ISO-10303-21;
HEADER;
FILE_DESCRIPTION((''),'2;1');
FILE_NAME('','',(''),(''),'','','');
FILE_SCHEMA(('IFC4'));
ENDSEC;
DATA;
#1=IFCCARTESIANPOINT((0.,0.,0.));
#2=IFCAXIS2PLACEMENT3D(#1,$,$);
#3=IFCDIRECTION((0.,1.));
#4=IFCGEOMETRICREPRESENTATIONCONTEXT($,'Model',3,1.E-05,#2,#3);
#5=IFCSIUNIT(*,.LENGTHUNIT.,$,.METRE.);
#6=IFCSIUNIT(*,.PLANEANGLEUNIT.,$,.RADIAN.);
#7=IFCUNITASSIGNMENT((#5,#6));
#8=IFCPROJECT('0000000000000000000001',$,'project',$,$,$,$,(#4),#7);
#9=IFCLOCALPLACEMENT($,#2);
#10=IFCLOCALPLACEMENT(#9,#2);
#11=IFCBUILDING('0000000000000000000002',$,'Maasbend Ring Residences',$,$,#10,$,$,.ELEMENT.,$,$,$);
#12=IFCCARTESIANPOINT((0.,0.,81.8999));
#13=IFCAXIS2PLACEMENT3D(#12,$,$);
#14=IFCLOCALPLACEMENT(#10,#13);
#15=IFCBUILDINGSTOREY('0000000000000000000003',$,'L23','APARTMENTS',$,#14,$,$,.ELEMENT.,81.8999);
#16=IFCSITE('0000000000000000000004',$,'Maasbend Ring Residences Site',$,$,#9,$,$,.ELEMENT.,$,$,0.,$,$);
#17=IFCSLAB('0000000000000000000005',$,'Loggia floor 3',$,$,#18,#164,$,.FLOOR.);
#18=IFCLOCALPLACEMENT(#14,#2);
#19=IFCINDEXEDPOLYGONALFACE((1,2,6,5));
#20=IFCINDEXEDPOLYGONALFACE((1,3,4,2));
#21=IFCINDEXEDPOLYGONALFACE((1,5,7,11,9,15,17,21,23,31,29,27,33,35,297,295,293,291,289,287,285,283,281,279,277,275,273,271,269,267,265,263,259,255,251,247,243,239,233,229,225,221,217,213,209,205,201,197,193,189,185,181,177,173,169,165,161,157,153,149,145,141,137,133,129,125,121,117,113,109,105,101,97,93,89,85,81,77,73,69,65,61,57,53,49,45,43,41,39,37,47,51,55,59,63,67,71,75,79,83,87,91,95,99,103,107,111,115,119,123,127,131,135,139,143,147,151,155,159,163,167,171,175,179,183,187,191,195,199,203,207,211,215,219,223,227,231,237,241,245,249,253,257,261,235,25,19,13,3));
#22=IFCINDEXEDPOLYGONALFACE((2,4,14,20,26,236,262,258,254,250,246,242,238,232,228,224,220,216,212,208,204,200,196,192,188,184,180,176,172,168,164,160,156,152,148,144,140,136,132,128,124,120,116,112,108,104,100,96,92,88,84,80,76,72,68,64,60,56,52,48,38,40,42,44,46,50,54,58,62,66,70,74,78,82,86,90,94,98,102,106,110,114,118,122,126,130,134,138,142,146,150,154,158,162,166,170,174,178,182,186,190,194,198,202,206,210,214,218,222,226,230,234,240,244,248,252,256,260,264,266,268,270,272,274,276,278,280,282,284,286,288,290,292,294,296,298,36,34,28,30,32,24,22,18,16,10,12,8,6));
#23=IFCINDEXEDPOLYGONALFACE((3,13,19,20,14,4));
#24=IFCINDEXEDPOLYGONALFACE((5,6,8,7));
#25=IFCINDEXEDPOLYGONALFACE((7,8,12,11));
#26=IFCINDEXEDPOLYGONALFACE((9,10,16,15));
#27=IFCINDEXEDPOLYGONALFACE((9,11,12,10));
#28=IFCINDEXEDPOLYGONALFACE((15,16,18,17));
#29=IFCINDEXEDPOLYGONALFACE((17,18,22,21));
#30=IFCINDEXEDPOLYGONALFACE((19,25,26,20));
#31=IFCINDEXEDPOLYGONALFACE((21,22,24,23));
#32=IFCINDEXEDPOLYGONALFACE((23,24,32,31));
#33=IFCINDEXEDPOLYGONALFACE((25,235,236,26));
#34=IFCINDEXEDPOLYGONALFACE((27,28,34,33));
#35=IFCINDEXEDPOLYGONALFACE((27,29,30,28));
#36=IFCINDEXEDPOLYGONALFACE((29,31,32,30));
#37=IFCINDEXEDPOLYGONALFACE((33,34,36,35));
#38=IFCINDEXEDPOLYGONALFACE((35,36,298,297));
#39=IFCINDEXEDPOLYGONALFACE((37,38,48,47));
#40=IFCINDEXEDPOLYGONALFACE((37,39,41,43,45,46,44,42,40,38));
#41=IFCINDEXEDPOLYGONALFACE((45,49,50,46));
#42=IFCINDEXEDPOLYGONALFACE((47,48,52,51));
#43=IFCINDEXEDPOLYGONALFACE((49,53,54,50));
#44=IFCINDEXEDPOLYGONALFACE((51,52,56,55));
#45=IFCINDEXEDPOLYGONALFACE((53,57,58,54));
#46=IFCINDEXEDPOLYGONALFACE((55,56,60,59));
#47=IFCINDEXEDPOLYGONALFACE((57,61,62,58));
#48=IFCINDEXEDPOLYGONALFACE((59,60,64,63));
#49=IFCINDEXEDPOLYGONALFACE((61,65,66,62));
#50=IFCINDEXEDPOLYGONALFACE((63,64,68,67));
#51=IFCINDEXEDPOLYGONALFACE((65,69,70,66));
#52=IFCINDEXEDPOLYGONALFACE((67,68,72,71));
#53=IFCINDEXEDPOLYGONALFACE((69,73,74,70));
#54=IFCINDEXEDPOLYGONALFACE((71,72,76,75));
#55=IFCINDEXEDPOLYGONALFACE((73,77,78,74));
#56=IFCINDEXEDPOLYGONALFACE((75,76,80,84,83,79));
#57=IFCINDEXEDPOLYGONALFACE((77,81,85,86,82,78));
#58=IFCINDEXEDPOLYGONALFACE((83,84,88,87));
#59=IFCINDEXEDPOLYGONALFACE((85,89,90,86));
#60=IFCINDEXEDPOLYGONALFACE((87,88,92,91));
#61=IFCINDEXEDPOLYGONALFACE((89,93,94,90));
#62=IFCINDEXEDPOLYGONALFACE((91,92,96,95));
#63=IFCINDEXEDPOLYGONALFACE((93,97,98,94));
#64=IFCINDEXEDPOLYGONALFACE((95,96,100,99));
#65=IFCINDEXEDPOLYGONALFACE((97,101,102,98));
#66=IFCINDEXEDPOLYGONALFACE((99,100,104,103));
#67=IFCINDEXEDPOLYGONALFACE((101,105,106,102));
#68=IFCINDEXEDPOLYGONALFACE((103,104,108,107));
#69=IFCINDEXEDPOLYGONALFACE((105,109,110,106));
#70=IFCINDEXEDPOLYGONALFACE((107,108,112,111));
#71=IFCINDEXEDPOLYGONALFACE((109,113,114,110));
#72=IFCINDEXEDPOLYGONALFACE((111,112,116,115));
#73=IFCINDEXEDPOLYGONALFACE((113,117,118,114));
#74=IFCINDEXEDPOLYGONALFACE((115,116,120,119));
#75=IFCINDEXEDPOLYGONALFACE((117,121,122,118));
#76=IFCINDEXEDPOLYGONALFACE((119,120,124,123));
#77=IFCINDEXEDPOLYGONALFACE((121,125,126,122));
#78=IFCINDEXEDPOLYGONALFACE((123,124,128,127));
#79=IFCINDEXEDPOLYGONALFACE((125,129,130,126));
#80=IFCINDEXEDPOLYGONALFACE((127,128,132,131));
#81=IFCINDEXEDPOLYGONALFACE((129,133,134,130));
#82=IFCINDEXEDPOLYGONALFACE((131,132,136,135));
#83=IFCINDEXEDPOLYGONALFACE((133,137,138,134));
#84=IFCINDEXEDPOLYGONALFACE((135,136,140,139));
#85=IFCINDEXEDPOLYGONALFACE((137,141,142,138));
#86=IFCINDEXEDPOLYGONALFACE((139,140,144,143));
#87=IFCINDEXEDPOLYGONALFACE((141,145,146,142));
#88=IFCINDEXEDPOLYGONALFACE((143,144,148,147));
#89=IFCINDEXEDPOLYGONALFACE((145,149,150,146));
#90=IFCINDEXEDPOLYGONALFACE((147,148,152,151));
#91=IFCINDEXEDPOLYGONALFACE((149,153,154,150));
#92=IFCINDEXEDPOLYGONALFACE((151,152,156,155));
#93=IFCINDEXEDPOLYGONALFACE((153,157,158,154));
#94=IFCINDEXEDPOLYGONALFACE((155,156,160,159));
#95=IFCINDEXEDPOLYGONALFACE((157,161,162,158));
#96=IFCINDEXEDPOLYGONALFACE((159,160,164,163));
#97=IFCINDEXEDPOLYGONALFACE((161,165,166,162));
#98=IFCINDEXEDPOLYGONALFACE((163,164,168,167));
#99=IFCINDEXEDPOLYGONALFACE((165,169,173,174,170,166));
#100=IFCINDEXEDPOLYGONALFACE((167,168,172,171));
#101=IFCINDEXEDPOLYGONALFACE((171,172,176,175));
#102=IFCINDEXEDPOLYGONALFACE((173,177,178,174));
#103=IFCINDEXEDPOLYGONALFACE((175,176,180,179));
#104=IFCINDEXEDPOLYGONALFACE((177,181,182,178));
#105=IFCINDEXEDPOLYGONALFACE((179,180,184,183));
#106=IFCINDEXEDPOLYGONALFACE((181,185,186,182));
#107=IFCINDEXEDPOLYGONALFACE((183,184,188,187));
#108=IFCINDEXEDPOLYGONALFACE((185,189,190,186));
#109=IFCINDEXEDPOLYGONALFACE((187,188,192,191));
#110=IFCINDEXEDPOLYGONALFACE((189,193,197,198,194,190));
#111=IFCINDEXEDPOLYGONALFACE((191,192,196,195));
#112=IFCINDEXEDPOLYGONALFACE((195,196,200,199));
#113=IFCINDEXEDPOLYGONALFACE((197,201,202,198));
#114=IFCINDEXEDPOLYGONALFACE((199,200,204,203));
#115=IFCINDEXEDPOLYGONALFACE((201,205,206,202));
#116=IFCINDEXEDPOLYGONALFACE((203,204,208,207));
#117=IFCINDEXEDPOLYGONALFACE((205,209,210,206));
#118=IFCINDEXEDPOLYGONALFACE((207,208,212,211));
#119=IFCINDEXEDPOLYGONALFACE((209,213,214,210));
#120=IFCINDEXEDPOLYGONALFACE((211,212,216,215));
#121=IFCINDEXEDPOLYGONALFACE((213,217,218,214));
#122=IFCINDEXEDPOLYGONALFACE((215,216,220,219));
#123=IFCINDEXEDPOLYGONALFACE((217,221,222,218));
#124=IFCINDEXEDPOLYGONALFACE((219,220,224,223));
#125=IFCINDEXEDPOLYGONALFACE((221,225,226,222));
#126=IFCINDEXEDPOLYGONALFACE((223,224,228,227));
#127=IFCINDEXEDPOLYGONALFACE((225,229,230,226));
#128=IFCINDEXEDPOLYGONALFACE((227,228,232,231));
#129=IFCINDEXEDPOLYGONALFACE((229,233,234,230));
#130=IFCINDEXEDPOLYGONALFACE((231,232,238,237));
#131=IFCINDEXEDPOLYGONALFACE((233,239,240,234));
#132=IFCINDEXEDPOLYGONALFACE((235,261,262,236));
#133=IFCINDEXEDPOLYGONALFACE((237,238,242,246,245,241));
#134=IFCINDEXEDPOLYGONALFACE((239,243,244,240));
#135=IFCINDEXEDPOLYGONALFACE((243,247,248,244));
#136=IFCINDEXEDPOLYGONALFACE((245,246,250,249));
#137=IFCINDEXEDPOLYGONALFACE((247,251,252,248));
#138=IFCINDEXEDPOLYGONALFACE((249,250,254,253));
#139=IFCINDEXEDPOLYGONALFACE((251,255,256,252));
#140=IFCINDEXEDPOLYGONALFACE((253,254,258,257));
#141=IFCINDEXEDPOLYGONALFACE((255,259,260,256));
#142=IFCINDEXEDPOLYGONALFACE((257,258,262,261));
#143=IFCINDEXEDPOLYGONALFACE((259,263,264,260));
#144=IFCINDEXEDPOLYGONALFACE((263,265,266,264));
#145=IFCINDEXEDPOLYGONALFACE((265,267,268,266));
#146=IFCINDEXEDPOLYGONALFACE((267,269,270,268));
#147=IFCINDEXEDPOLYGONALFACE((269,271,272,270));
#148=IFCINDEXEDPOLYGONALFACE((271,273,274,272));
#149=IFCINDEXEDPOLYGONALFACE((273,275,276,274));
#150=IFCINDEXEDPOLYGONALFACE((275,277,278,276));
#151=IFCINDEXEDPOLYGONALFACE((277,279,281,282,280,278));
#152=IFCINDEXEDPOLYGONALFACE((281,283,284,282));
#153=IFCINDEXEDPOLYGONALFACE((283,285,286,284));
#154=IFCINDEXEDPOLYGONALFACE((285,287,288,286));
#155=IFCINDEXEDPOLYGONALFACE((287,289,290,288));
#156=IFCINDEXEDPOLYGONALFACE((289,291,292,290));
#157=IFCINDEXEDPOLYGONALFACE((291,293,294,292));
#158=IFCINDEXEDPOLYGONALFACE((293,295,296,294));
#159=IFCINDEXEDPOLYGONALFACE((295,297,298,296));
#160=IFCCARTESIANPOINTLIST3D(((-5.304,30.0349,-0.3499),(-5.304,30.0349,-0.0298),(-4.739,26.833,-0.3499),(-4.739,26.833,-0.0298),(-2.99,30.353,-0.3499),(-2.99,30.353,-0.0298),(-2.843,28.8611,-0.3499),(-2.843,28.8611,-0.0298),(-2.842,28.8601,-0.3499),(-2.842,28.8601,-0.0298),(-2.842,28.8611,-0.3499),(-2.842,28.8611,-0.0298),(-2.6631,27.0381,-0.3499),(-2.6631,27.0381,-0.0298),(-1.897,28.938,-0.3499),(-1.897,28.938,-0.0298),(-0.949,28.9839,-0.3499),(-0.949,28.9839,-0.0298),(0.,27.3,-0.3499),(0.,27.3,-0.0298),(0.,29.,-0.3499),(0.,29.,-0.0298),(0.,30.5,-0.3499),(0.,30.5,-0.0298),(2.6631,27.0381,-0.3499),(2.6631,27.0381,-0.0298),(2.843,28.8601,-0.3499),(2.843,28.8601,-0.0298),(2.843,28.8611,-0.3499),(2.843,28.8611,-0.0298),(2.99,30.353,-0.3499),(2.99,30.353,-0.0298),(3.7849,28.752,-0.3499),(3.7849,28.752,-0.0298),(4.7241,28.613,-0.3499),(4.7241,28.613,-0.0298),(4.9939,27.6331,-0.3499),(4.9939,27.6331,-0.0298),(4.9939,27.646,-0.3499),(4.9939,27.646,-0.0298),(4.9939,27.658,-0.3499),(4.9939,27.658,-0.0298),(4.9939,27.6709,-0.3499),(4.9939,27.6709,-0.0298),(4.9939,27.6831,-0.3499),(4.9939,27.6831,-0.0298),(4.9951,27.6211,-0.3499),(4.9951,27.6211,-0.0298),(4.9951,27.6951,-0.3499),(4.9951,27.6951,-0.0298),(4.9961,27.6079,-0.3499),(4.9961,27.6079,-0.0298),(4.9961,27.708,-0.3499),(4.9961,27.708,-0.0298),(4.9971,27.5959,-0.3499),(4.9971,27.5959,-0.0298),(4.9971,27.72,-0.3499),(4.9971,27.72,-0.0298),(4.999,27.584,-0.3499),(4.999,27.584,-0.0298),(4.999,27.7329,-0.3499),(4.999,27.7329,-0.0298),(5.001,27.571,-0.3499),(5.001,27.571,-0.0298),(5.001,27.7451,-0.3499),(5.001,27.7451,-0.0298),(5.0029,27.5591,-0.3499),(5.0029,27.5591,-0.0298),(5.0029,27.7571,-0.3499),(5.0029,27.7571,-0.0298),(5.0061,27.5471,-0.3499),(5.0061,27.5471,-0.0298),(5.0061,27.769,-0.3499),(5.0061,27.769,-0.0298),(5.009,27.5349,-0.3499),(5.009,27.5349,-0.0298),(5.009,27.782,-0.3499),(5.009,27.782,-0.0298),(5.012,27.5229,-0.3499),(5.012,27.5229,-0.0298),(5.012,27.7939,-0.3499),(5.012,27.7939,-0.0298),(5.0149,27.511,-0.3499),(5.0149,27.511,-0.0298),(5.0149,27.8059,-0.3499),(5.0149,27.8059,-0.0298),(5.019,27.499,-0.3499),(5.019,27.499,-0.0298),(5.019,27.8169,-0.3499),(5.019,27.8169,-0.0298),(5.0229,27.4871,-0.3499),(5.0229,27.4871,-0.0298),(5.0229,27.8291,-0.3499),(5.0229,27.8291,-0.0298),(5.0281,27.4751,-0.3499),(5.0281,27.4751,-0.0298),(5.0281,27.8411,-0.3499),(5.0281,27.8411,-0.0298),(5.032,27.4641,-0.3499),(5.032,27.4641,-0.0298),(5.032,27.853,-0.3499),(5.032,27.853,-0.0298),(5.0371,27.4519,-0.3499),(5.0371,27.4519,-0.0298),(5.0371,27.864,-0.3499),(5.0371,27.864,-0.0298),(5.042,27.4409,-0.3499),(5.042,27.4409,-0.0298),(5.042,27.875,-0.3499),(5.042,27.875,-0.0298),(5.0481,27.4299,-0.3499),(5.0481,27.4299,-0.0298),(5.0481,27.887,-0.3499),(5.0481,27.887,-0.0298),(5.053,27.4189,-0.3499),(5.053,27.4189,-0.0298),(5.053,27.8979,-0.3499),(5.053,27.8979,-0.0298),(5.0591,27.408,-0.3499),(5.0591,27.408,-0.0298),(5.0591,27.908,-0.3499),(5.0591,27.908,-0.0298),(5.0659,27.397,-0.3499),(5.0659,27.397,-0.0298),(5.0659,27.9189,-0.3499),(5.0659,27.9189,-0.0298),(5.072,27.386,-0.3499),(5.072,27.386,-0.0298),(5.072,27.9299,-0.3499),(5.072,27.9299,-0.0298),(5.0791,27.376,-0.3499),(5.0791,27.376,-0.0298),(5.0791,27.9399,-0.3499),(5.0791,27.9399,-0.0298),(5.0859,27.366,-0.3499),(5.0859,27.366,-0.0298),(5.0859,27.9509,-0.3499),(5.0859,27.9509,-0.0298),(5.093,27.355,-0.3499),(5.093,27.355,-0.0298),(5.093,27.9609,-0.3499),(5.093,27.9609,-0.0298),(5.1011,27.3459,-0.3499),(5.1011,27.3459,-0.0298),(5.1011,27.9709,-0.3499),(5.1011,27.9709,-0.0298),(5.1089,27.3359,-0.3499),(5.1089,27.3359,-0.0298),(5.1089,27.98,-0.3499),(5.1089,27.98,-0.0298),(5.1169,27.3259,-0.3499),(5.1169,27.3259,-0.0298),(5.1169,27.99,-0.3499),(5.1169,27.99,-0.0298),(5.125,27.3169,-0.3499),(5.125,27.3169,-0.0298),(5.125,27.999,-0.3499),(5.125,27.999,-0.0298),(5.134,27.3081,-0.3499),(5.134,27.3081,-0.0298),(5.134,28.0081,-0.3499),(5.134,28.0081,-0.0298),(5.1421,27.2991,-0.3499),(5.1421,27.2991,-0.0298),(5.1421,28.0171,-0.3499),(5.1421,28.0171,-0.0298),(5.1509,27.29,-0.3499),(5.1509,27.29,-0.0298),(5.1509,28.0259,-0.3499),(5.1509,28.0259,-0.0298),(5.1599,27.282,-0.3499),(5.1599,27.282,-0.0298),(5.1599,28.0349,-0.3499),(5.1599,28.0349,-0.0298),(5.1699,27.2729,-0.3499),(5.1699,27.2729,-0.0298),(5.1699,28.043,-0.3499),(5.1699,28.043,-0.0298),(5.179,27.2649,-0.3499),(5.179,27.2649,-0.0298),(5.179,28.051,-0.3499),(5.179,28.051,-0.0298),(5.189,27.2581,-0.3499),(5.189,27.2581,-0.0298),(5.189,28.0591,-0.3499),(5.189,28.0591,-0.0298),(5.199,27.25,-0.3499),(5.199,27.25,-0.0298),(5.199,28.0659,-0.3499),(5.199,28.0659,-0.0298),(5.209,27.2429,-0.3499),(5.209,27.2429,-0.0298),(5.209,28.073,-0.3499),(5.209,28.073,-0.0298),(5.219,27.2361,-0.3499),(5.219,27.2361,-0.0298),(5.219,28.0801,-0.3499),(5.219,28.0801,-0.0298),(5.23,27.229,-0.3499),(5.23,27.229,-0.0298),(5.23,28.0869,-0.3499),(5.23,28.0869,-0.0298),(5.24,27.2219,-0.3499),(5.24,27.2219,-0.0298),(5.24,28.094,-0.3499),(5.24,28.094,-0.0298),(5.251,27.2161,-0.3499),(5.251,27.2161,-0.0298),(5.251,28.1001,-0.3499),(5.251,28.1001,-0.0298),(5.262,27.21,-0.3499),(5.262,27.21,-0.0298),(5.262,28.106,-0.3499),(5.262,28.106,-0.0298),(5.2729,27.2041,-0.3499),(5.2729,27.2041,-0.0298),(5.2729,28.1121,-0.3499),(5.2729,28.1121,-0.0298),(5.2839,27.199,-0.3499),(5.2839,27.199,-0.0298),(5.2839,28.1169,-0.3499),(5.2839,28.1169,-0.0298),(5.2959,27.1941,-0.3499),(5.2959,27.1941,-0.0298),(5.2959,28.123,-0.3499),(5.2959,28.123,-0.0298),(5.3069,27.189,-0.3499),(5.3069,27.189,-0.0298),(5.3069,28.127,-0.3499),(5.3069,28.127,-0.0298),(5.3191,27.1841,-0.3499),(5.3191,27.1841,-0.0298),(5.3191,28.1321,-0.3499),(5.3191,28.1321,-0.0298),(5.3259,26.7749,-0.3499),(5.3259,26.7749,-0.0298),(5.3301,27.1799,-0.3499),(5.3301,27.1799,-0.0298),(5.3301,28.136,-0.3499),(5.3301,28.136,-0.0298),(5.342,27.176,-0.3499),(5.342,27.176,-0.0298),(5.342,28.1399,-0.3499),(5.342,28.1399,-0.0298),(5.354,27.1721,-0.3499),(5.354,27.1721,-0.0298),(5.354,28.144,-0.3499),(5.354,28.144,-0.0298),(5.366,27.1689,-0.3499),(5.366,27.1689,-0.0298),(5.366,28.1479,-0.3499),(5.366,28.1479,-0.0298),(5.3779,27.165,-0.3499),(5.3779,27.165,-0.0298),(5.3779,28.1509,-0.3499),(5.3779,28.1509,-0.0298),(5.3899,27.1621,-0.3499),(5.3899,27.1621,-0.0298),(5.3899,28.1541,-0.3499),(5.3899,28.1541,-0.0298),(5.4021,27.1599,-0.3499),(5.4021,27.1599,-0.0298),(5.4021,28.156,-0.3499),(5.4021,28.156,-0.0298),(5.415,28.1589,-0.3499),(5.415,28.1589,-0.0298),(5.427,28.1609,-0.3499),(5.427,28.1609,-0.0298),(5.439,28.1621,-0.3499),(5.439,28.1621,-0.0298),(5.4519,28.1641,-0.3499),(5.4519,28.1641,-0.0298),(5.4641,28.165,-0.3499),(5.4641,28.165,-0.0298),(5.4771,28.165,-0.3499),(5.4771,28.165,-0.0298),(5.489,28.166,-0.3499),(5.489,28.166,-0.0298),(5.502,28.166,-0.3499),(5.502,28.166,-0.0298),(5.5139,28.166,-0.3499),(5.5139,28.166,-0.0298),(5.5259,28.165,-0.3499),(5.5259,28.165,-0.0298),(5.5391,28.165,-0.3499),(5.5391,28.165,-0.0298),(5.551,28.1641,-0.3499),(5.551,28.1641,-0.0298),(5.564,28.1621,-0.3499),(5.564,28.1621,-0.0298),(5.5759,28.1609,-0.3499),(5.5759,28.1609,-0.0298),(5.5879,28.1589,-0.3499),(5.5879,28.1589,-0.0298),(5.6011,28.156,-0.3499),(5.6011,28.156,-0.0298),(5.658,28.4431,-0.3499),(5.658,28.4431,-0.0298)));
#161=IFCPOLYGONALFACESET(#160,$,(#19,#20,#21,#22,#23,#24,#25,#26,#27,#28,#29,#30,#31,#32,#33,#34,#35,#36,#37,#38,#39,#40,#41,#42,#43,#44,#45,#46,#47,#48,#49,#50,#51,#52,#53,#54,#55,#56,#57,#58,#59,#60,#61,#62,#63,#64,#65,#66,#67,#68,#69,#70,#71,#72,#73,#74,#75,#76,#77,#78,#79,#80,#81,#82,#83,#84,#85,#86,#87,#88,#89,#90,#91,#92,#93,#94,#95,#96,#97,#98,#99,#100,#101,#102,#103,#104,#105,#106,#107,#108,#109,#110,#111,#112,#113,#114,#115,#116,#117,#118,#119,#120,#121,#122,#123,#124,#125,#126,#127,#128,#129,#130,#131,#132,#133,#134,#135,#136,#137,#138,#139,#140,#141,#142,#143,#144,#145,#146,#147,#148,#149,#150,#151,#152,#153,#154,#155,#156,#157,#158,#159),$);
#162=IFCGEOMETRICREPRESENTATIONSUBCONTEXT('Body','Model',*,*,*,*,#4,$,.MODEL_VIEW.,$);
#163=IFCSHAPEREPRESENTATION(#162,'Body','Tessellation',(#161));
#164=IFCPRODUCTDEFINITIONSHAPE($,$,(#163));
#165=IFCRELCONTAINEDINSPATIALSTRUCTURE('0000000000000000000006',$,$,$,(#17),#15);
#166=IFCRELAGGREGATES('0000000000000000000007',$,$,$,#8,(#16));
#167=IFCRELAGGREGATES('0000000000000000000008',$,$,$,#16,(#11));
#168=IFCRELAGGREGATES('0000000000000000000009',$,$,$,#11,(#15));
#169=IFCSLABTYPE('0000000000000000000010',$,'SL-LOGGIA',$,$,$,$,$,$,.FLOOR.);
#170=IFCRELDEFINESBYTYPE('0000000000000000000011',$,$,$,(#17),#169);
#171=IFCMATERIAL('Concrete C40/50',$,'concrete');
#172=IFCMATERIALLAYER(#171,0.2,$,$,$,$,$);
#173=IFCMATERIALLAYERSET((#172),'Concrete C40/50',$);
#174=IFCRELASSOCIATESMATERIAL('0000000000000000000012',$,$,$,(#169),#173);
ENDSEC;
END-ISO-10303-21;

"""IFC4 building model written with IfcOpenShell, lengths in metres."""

from ifc_helpers import new_model, si_unit, direction, frame, origin, place, context, subcontext, project, spatial, polyline, outline, extrude, material, layer, layer_set, type_object, element, save


model = new_model("IFC4")

# Units and contexts
model_context = context("Model", 3, precision=1e-05, world=origin(), true_north=direction((0.0, 1.0)))
body_context = subcontext(model_context, "Body", "Model", "MODEL_VIEW")
ifc_project = project(units=[si_unit("LENGTHUNIT", "METRE"), si_unit("PLANEANGLEUNIT", "RADIAN")], contexts=[model_context])

# Site, building, storey
site_placement = place(None, origin())
site = spatial("IfcSite", under=ifc_project, at=site_placement, Name="Maasbend Ring Residences Site", CompositionType="ELEMENT", RefElevation=0.0)
building_placement = place(site_placement, origin())
building = spatial("IfcBuilding", under=site, at=building_placement, Name="Maasbend Ring Residences", CompositionType="ELEMENT")
storey_placement = place(building_placement, frame((0.0, 0.0, 81.8999)))
storey = spatial("IfcBuildingStorey", under=building, at=storey_placement, Name="L23", Description="APARTMENTS", CompositionType="ELEMENT", Elevation=81.8999)

# Slab
ifc_material_1 = material(Name="Concrete C40/50", Category="concrete")
ifc_layer_1 = layer(ifc_material_1, 0.2)
ifc_layer_set_1 = layer_set([ifc_layer_1], Name="Concrete C40/50")
slab_type_1 = type_object("IfcSlabType", Name="SL-LOGGIA", PredefinedType="FLOOR", material=ifc_layer_set_1)
slab_1_placement = place(storey_placement, frame((0.0, 0.0, -0.3499)))
element("IfcSlab", 1, at=slab_1_placement, inside=storey, type_object=slab_type_1, Name="Loggia floor 3", PredefinedType="FLOOR", context=body_context, shape_type="SweptSolid", body=[
    extrude(outline(polyline([(-2.843, 28.8611), (-2.843, 28.8611), (-2.843, 28.8611), (-2.843, 28.8611), (-2.842, 28.8611), (-2.842, 28.8611), (-2.842, 28.8611), (-2.842, 28.8611), (-2.842, 28.8611), (-2.842, 28.8601), (-2.842, 28.8601), (-2.842, 28.8601), (-2.842, 28.8601), (-2.842, 28.8601), (-2.842, 28.8601), (-2.842, 28.8601), (-2.842, 28.8601), (-1.897, 28.938), (-1.897, 28.938), (-0.949, 28.9839), (-0.949, 28.9839), (0.0, 29.0), (0.0, 29.0), (0.0, 29.0), (0.0, 29.0), (0.0, 29.0), (0.0, 29.0), (0.0, 29.0), (0.0, 29.0), (0.0, 29.0), (0.0, 29.0), (0.0, 29.0), (0.0, 29.0), (0.0, 29.0), (0.0, 29.0), (0.0, 29.0), (0.0, 29.0), (0.0, 29.0), (0.0, 30.5), (0.0, 30.5), (0.0, 30.5), (2.99, 30.353), (2.99, 30.353), (2.99, 30.353), (2.843, 28.8611), (2.843, 28.8611), (2.843, 28.8611), (2.843, 28.8611), (2.843, 28.8611), (2.843, 28.8611), (2.843, 28.8611), (2.843, 28.8611), (2.843, 28.8601), (2.843, 28.8601), (2.843, 28.8601), (2.843, 28.8601), (2.843, 28.8601), (2.843, 28.8601), (2.843, 28.8601), (2.843, 28.8601), (2.843, 28.8601), (3.7849, 28.752), (3.7849, 28.752), (4.7241, 28.613), (4.7241, 28.613), (5.658, 28.4431), (5.658, 28.4431), (5.658, 28.4431), (5.6011, 28.156), (5.6011, 28.156), (5.5879, 28.1589), (5.5759, 28.1609), (5.564, 28.1621), (5.551, 28.1641), (5.5391, 28.165), (5.5259, 28.165), (5.5139, 28.166), (5.502, 28.166), (5.489, 28.166), (5.4771, 28.165), (5.4641, 28.165), (5.4519, 28.1641), (5.439, 28.1621), (5.427, 28.1609), (5.415, 28.1589), (5.4021, 28.156), (5.3899, 28.1541), (5.3779, 28.1509), (5.366, 28.1479), (5.354, 28.144), (5.342, 28.1399), (5.3301, 28.136), (5.3191, 28.1321), (5.3069, 28.127), (5.2959, 28.123), (5.2839, 28.1169), (5.2729, 28.1121), (5.262, 28.106), (5.251, 28.1001), (5.24, 28.094), (5.23, 28.0869), (5.219, 28.0801), (5.209, 28.073), (5.199, 28.0659), (5.189, 28.0591), (5.179, 28.051), (5.1699, 28.043), (5.1599, 28.0349), (5.1509, 28.0259), (5.1421, 28.0171), (5.134, 28.0081), (5.125, 27.999), (5.1169, 27.99), (5.1089, 27.98), (5.1011, 27.9709), (5.093, 27.9609), (5.0859, 27.9509), (5.0791, 27.9399), (5.072, 27.9299), (5.0659, 27.9189), (5.0591, 27.908), (5.053, 27.8979), (5.0481, 27.887), (5.042, 27.875), (5.0371, 27.864), (5.032, 27.853), (5.0281, 27.8411), (5.0229, 27.8291), (5.019, 27.8169), (5.0149, 27.8059), (5.012, 27.7939), (5.009, 27.782), (5.0061, 27.769), (5.0029, 27.7571), (5.001, 27.7451), (4.999, 27.7329), (4.9971, 27.72), (4.9961, 27.708), (4.9951, 27.6951), (4.9939, 27.6831), (4.9939, 27.6709), (4.9939, 27.658), (4.9939, 27.646), (4.9939, 27.6331), (4.9951, 27.6211), (4.9961, 27.6079), (4.9971, 27.5959), (4.999, 27.584), (5.001, 27.571), (5.0029, 27.5591), (5.0061, 27.5471), (5.009, 27.5349), (5.012, 27.5229), (5.0149, 27.511), (5.019, 27.499), (5.0229, 27.4871), (5.0281, 27.4751), (5.032, 27.4641), (5.0371, 27.4519), (5.042, 27.4409), (5.0481, 27.4299), (5.053, 27.4189), (5.0591, 27.408), (5.0659, 27.397), (5.072, 27.386), (5.0791, 27.376), (5.0859, 27.366), (5.093, 27.355), (5.1011, 27.3459), (5.1089, 27.3359), (5.1169, 27.3259), (5.125, 27.3169), (5.134, 27.3081), (5.1421, 27.2991), (5.1509, 27.29), (5.1599, 27.282), (5.1699, 27.2729), (5.179, 27.2649), (5.189, 27.2581), (5.199, 27.25), (5.209, 27.2429), (5.219, 27.2361), (5.23, 27.229), (5.24, 27.2219), (5.251, 27.2161), (5.262, 27.21), (5.2729, 27.2041), (5.2839, 27.199), (5.2959, 27.1941), (5.3069, 27.189), (5.3191, 27.1841), (5.3301, 27.1799), (5.342, 27.176), (5.354, 27.1721), (5.366, 27.1689), (5.3779, 27.165), (5.3899, 27.1621), (5.4021, 27.1599), (5.4021, 27.1599), (5.3259, 26.7749), (5.3259, 26.7749), (5.3259, 26.7749), (2.6631, 27.0381), (0.0, 27.3), (0.0, 27.3), (0.0, 27.3), (-2.6631, 27.0381), (-4.739, 26.833), (-4.739, 26.833), (-4.739, 26.833), (-5.304, 30.0349), (-5.304, 30.0349), (-5.304, 30.0349), (-2.99, 30.353), (-2.99, 30.353), (-2.99, 30.353), (-2.843, 28.8611)])), origin(), (0.0, 0.0, 1.0), 0.3201),
])

save(model, "model.ifc")
